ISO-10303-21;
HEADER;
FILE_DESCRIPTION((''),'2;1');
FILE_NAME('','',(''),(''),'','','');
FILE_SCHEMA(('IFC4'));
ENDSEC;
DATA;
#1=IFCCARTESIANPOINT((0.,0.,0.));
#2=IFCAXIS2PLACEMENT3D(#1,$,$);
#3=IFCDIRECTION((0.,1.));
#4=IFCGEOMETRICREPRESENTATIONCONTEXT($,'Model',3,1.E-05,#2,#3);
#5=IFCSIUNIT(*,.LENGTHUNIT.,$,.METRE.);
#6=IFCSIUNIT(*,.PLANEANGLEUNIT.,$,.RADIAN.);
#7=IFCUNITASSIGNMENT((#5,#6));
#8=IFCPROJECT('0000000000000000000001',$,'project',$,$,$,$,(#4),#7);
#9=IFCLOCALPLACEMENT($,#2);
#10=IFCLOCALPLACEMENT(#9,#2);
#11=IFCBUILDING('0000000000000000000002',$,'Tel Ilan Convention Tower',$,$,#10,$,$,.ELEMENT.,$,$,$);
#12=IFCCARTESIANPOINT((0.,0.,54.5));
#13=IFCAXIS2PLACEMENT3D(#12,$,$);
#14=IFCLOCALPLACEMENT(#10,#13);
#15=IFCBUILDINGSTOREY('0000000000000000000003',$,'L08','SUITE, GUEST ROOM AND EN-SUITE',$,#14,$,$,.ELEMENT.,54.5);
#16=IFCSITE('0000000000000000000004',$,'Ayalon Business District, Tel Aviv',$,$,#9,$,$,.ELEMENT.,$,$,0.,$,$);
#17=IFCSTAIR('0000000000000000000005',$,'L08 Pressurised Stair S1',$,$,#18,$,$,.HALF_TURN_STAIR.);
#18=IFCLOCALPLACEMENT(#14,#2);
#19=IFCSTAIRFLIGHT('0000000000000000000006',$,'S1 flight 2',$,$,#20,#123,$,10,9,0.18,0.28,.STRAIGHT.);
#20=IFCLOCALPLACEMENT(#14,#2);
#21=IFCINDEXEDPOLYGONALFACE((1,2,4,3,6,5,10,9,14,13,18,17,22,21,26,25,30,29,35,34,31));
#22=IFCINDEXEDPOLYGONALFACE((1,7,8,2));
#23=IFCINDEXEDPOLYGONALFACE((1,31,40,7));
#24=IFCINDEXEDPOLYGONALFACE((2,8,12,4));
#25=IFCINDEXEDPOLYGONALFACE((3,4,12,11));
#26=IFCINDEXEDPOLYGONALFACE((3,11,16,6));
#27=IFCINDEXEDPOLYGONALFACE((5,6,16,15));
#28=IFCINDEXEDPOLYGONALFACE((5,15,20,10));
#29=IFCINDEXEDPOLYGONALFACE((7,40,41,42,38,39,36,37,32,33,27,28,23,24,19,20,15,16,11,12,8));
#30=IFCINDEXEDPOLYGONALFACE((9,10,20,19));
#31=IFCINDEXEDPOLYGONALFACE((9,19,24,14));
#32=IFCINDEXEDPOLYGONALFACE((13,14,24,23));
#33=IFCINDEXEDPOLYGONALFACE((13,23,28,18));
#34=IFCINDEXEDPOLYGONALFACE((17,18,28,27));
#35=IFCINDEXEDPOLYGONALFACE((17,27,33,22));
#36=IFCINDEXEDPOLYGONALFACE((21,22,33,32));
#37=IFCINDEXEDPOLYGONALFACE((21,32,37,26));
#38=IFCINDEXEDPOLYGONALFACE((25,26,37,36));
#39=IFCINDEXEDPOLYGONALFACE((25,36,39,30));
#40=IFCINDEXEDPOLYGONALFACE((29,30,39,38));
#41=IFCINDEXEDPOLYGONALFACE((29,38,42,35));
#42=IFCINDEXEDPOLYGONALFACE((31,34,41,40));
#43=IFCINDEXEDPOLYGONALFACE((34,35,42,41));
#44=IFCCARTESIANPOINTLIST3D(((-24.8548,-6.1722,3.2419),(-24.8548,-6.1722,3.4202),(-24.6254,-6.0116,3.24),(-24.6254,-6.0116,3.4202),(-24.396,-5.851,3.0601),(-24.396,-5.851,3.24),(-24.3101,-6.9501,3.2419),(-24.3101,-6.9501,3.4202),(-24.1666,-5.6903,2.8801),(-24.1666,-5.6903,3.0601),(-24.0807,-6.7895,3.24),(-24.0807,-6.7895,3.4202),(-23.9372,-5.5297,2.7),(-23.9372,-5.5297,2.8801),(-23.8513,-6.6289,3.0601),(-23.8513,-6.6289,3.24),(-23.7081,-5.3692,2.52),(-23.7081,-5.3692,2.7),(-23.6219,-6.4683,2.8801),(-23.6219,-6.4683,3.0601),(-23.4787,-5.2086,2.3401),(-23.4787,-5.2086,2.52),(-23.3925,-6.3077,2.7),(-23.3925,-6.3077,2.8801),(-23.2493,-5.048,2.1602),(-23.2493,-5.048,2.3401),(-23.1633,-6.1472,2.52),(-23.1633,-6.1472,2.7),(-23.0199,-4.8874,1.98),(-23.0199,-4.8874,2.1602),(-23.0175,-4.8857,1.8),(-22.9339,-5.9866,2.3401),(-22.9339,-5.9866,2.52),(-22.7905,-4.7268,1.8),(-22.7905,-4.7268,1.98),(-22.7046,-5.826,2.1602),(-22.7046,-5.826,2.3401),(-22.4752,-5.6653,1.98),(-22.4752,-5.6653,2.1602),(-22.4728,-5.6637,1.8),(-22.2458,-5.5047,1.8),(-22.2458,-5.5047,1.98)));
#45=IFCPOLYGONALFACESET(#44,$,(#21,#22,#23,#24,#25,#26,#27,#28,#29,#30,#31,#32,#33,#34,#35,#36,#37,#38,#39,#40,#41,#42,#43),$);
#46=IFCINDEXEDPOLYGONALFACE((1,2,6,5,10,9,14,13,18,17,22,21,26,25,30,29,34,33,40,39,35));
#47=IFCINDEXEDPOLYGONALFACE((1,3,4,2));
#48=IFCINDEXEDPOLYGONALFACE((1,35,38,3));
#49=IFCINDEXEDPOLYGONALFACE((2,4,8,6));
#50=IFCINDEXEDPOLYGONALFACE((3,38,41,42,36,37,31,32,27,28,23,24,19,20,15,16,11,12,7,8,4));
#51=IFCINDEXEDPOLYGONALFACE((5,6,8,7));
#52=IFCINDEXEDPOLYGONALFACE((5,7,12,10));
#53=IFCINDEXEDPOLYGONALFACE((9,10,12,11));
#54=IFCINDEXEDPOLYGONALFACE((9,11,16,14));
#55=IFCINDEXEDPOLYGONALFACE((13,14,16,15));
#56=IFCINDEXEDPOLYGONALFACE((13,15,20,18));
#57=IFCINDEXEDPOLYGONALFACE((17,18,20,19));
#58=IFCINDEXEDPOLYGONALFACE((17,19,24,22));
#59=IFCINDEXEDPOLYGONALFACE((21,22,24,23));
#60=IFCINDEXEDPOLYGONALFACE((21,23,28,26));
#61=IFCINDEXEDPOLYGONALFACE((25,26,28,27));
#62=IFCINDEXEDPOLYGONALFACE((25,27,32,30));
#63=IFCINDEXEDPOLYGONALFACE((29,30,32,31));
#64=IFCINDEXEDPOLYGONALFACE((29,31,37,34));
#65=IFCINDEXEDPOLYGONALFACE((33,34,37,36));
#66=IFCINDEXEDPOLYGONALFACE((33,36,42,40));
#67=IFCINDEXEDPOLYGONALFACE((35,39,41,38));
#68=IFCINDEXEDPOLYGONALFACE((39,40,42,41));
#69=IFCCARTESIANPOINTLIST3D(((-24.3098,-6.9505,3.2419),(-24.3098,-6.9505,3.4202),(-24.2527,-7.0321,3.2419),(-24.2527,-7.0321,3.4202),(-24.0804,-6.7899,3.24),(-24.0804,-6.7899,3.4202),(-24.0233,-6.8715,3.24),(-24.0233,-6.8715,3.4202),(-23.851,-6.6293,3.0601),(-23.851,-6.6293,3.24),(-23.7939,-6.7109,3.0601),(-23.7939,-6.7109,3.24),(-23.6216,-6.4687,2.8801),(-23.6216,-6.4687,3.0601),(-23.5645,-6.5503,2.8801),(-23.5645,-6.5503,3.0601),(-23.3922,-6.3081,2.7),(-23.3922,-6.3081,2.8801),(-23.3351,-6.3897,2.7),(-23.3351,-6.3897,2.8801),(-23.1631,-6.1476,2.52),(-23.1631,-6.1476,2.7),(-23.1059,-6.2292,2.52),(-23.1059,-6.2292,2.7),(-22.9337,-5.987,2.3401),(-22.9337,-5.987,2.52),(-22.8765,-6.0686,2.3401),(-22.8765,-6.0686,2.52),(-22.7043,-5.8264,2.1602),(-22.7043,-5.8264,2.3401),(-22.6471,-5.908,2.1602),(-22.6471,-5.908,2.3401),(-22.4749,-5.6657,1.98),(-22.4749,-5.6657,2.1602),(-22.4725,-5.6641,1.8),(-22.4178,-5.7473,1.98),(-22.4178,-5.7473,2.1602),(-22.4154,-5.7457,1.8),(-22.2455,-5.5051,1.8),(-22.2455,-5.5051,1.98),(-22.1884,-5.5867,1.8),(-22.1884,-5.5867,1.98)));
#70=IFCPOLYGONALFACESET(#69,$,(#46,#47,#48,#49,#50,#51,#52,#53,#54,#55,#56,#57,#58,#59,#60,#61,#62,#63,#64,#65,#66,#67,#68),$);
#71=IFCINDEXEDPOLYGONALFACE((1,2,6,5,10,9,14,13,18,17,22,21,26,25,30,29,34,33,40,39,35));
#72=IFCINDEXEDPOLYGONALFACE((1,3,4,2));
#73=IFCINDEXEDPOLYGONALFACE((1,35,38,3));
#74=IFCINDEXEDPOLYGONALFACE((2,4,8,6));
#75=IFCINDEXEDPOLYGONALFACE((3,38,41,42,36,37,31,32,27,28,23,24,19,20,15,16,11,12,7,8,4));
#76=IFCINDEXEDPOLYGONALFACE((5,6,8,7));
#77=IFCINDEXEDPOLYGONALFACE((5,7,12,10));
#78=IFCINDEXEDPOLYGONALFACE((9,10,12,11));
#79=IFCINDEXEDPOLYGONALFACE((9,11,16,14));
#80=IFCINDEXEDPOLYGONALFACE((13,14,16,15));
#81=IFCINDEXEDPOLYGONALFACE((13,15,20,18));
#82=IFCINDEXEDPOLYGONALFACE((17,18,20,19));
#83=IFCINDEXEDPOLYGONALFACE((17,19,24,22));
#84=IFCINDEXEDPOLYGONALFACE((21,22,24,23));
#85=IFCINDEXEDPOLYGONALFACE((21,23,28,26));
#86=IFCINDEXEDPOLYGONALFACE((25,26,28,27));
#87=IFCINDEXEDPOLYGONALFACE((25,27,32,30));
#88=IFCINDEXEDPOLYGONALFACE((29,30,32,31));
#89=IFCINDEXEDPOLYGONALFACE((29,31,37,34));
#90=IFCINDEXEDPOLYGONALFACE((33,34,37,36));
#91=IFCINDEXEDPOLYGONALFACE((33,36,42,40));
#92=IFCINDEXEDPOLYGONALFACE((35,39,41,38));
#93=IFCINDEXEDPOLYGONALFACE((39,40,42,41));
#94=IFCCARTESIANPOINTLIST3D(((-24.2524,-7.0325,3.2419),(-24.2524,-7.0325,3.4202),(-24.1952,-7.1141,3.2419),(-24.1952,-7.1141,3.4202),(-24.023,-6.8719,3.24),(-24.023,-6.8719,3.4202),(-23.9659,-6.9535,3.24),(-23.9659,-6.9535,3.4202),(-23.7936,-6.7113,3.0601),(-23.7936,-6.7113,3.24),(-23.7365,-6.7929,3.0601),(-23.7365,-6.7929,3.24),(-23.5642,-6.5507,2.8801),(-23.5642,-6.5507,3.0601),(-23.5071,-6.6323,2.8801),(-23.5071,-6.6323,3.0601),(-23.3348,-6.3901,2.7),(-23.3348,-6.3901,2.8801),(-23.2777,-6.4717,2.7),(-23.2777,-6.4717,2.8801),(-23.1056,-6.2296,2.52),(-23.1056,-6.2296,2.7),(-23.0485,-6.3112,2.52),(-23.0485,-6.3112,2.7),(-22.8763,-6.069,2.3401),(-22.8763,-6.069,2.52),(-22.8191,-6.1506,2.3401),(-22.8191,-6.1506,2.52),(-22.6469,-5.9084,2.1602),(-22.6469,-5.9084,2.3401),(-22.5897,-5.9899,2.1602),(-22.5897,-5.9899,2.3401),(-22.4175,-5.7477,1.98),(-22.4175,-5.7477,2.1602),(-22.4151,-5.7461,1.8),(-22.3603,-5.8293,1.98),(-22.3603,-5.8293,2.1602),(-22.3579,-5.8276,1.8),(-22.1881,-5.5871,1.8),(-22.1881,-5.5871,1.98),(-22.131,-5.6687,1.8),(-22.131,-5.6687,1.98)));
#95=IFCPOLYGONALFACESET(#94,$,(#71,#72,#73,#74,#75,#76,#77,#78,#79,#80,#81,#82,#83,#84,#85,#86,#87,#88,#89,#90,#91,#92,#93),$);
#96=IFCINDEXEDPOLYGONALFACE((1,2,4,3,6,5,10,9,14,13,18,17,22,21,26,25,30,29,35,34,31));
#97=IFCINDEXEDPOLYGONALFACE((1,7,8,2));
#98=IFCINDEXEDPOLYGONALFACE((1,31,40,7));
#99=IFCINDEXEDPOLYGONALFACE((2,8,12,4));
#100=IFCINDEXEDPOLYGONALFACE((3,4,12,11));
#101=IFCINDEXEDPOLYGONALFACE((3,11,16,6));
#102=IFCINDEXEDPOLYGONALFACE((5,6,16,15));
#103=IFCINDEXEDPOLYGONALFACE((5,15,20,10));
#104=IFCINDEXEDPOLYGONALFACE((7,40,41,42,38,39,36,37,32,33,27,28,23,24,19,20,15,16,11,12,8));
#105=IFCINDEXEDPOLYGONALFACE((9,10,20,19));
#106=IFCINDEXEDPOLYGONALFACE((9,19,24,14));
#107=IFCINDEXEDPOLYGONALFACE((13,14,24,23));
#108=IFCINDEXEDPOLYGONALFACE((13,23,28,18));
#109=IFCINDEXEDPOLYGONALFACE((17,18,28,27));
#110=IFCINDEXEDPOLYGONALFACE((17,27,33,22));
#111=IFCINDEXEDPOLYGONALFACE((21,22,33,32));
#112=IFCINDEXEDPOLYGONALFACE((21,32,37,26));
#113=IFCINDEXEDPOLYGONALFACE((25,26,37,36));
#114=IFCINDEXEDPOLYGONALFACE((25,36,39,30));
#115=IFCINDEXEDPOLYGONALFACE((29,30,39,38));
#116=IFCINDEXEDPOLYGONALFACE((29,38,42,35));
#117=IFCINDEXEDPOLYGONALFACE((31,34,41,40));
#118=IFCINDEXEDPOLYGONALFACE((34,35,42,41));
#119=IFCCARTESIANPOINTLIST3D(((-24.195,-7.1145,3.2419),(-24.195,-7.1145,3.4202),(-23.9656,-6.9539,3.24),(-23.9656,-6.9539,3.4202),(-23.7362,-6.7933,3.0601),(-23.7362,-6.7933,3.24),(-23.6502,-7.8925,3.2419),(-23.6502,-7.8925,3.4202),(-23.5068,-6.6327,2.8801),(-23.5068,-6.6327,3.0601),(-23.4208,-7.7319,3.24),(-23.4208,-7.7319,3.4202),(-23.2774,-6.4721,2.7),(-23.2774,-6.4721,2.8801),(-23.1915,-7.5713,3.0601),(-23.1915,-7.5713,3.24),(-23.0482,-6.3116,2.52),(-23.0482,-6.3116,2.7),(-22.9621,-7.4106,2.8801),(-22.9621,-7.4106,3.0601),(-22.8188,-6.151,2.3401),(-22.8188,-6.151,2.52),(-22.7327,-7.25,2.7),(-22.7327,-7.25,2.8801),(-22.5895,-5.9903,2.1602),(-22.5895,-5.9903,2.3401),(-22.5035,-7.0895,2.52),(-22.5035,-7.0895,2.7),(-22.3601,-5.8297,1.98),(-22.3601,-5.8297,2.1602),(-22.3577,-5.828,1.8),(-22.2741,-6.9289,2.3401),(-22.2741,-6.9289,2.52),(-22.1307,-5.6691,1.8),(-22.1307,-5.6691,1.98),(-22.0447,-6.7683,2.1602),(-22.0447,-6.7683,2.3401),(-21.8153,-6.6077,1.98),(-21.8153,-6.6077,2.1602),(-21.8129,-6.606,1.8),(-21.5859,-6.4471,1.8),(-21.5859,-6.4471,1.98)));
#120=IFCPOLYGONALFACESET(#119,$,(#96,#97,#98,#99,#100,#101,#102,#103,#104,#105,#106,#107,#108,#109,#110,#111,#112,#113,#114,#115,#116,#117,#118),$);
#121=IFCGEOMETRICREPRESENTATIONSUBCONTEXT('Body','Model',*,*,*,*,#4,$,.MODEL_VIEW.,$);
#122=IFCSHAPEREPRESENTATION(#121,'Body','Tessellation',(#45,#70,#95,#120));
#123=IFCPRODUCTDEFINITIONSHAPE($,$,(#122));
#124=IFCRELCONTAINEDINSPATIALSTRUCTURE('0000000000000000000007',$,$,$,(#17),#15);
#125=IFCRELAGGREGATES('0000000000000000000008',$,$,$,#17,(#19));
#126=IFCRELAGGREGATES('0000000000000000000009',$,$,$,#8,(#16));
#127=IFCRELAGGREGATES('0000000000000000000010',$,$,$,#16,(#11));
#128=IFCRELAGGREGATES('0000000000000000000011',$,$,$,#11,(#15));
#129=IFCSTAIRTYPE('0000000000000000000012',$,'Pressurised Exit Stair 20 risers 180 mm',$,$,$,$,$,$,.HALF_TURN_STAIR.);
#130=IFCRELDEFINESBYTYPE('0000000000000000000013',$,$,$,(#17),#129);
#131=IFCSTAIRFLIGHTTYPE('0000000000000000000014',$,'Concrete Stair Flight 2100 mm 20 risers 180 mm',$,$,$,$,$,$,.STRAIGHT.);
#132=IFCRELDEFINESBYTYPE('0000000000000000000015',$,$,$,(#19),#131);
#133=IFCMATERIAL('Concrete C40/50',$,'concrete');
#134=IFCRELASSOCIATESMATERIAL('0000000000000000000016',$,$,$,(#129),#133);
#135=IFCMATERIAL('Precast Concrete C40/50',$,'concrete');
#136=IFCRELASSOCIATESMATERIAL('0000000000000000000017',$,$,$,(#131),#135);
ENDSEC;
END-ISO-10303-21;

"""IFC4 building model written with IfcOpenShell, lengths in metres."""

from ifc_helpers import new_model, si_unit, direction, frame, origin, place, context, subcontext, project, spatial, polyline, outline, extrude, material, type_object, element, aggregate, save


model = new_model("IFC4")

# Units and contexts
model_context = context("Model", 3, precision=1e-05, world=origin(), true_north=direction((0.0, 1.0)))
body_context = subcontext(model_context, "Body", "Model", "MODEL_VIEW")
ifc_project = project(units=[si_unit("LENGTHUNIT", "METRE"), si_unit("PLANEANGLEUNIT", "RADIAN")], contexts=[model_context])

# Site, building, storey
site_placement = place(None, origin())
site = spatial("IfcSite", under=ifc_project, at=site_placement, Name="Ayalon Business District, Tel Aviv", CompositionType="ELEMENT", RefElevation=0.0)
building_placement = place(site_placement, origin())
building = spatial("IfcBuilding", under=site, at=building_placement, Name="Tel Ilan Convention Tower", CompositionType="ELEMENT")
storey_placement = place(building_placement, frame((0.0, 0.0, 54.5)))
storey = spatial("IfcBuildingStorey", under=building, at=storey_placement, Name="L08", Description="SUITE, GUEST ROOM AND EN-SUITE", CompositionType="ELEMENT", Elevation=54.5)

# Stair, stair flight
ifc_material_1 = material(Name="Concrete C40/50", Category="concrete")
stair_type = type_object("IfcStairType", Name="Pressurised Exit Stair 20 risers 180 mm", PredefinedType="HALF_TURN_STAIR", material=ifc_material_1)
stair_1_placement = place(storey_placement, origin())
stair_1 = element("IfcStair", 1, at=stair_1_placement, inside=storey, type_object=stair_type, Name="L08 Pressurised Stair S1", PredefinedType="HALF_TURN_STAIR")
ifc_material_2 = material(Name="Precast Concrete C40/50", Category="concrete")
stair_flight_type = type_object("IfcStairFlightType", Name="Concrete Stair Flight 2100 mm 20 risers 180 mm", PredefinedType="STRAIGHT", material=ifc_material_2)
stair_flight_1_placement = place(storey_placement, frame((-22.1882, -5.5869, 1.8), z_axis=(0.0, 0.0, 1.0), x_axis=(-0.819152, -0.573576, 0.0)))
stair_flight_1 = element("IfcStairFlight", 2, at=stair_flight_1_placement, type_object=stair_flight_type, Name="S1 flight 2", NumberOfRisers=10, NumberOfTreads=9, PredefinedType="STRAIGHT", RiserHeight=0.18, TreadLength=0.28, context=body_context, shape_type="SweptSolid", body=[
    extrude(outline(polyline([(0.0, 0.0), (0.0, 0.1799), (0.28, 0.1799), (0.28, 0.3601), (0.5601, 0.3601), (0.5601, 0.54), (0.8401, 0.54), (0.8401, 0.72), (1.1201, 0.72), (1.1201, 0.8999), (1.3999, 0.8999), (1.3999, 1.0801), (1.6799, 1.0801), (1.6799, 1.26), (1.96, 1.26), (1.96, 1.4399), (2.24, 1.4399), (2.24, 1.6201), (2.52, 1.6201), (2.52, 1.8), (2.52, 1.4419), (0.2771, 0.0), (0.0, 0.0)])), frame((0.0, -0.1003, 0.0), z_axis=(0.0, -1.0, 0.0), x_axis=(1.0, 0.0, 0.0)), (0.0, 0.0, 1.0), 0.9497),
    extrude(outline(polyline([(0.0, 0.0), (0.0, 0.1799), (0.28, 0.1799), (0.28, 0.3601), (0.5601, 0.3601), (0.5601, 0.54), (0.8401, 0.54), (0.8401, 0.72), (1.1201, 0.72), (1.1201, 0.8999), (1.3999, 0.8999), (1.3999, 1.0801), (1.6799, 1.0801), (1.6799, 1.26), (1.96, 1.26), (1.96, 1.4399), (2.24, 1.4399), (2.24, 1.6201), (2.52, 1.6201), (2.52, 1.8), (2.52, 1.4419), (0.2771, 0.0), (0.0, 0.0)])), frame((0.0, -0.0002, 0.0), z_axis=(0.0, -1.0, 0.0), x_axis=(1.0, 0.0, 0.0)), (0.0, 0.0, 1.0), 0.0996),
    extrude(outline(polyline([(0.0, 0.0), (0.0, 0.1799), (0.28, 0.1799), (0.28, 0.3601), (0.5601, 0.3601), (0.5601, 0.54), (0.8401, 0.54), (0.8401, 0.72), (1.1201, 0.72), (1.1201, 0.8999), (1.3999, 0.8999), (1.3999, 1.0801), (1.6799, 1.0801), (1.6799, 1.26), (1.96, 1.26), (1.96, 1.4399), (2.24, 1.4399), (2.24, 1.6201), (2.52, 1.6201), (2.52, 1.8), (2.52, 1.4419), (0.2771, 0.0), (0.0, 0.0)])), frame((0.0, 0.0999, 0.0), z_axis=(0.0, -1.0, 0.0), x_axis=(1.0, 0.0, 0.0)), (0.0, 0.0, 1.0), 0.0996),
    extrude(outline(polyline([(0.0, 0.0), (0.0, 0.1799), (0.28, 0.1799), (0.28, 0.3601), (0.5601, 0.3601), (0.5601, 0.54), (0.8401, 0.54), (0.8401, 0.72), (1.1201, 0.72), (1.1201, 0.8999), (1.3999, 0.8999), (1.3999, 1.0801), (1.6799, 1.0801), (1.6799, 1.26), (1.96, 1.26), (1.96, 1.4399), (2.24, 1.4399), (2.24, 1.6201), (2.52, 1.6201), (2.52, 1.8), (2.52, 1.4419), (0.2771, 0.0), (0.0, 0.0)])), frame((0.0, 1.05, 0.0), z_axis=(0.0, -1.0, 0.0), x_axis=(1.0, 0.0, 0.0)), (0.0, 0.0, 1.0), 0.9497),
])
aggregate(stair_1, [stair_flight_1])

save(model, "model.ifc")
